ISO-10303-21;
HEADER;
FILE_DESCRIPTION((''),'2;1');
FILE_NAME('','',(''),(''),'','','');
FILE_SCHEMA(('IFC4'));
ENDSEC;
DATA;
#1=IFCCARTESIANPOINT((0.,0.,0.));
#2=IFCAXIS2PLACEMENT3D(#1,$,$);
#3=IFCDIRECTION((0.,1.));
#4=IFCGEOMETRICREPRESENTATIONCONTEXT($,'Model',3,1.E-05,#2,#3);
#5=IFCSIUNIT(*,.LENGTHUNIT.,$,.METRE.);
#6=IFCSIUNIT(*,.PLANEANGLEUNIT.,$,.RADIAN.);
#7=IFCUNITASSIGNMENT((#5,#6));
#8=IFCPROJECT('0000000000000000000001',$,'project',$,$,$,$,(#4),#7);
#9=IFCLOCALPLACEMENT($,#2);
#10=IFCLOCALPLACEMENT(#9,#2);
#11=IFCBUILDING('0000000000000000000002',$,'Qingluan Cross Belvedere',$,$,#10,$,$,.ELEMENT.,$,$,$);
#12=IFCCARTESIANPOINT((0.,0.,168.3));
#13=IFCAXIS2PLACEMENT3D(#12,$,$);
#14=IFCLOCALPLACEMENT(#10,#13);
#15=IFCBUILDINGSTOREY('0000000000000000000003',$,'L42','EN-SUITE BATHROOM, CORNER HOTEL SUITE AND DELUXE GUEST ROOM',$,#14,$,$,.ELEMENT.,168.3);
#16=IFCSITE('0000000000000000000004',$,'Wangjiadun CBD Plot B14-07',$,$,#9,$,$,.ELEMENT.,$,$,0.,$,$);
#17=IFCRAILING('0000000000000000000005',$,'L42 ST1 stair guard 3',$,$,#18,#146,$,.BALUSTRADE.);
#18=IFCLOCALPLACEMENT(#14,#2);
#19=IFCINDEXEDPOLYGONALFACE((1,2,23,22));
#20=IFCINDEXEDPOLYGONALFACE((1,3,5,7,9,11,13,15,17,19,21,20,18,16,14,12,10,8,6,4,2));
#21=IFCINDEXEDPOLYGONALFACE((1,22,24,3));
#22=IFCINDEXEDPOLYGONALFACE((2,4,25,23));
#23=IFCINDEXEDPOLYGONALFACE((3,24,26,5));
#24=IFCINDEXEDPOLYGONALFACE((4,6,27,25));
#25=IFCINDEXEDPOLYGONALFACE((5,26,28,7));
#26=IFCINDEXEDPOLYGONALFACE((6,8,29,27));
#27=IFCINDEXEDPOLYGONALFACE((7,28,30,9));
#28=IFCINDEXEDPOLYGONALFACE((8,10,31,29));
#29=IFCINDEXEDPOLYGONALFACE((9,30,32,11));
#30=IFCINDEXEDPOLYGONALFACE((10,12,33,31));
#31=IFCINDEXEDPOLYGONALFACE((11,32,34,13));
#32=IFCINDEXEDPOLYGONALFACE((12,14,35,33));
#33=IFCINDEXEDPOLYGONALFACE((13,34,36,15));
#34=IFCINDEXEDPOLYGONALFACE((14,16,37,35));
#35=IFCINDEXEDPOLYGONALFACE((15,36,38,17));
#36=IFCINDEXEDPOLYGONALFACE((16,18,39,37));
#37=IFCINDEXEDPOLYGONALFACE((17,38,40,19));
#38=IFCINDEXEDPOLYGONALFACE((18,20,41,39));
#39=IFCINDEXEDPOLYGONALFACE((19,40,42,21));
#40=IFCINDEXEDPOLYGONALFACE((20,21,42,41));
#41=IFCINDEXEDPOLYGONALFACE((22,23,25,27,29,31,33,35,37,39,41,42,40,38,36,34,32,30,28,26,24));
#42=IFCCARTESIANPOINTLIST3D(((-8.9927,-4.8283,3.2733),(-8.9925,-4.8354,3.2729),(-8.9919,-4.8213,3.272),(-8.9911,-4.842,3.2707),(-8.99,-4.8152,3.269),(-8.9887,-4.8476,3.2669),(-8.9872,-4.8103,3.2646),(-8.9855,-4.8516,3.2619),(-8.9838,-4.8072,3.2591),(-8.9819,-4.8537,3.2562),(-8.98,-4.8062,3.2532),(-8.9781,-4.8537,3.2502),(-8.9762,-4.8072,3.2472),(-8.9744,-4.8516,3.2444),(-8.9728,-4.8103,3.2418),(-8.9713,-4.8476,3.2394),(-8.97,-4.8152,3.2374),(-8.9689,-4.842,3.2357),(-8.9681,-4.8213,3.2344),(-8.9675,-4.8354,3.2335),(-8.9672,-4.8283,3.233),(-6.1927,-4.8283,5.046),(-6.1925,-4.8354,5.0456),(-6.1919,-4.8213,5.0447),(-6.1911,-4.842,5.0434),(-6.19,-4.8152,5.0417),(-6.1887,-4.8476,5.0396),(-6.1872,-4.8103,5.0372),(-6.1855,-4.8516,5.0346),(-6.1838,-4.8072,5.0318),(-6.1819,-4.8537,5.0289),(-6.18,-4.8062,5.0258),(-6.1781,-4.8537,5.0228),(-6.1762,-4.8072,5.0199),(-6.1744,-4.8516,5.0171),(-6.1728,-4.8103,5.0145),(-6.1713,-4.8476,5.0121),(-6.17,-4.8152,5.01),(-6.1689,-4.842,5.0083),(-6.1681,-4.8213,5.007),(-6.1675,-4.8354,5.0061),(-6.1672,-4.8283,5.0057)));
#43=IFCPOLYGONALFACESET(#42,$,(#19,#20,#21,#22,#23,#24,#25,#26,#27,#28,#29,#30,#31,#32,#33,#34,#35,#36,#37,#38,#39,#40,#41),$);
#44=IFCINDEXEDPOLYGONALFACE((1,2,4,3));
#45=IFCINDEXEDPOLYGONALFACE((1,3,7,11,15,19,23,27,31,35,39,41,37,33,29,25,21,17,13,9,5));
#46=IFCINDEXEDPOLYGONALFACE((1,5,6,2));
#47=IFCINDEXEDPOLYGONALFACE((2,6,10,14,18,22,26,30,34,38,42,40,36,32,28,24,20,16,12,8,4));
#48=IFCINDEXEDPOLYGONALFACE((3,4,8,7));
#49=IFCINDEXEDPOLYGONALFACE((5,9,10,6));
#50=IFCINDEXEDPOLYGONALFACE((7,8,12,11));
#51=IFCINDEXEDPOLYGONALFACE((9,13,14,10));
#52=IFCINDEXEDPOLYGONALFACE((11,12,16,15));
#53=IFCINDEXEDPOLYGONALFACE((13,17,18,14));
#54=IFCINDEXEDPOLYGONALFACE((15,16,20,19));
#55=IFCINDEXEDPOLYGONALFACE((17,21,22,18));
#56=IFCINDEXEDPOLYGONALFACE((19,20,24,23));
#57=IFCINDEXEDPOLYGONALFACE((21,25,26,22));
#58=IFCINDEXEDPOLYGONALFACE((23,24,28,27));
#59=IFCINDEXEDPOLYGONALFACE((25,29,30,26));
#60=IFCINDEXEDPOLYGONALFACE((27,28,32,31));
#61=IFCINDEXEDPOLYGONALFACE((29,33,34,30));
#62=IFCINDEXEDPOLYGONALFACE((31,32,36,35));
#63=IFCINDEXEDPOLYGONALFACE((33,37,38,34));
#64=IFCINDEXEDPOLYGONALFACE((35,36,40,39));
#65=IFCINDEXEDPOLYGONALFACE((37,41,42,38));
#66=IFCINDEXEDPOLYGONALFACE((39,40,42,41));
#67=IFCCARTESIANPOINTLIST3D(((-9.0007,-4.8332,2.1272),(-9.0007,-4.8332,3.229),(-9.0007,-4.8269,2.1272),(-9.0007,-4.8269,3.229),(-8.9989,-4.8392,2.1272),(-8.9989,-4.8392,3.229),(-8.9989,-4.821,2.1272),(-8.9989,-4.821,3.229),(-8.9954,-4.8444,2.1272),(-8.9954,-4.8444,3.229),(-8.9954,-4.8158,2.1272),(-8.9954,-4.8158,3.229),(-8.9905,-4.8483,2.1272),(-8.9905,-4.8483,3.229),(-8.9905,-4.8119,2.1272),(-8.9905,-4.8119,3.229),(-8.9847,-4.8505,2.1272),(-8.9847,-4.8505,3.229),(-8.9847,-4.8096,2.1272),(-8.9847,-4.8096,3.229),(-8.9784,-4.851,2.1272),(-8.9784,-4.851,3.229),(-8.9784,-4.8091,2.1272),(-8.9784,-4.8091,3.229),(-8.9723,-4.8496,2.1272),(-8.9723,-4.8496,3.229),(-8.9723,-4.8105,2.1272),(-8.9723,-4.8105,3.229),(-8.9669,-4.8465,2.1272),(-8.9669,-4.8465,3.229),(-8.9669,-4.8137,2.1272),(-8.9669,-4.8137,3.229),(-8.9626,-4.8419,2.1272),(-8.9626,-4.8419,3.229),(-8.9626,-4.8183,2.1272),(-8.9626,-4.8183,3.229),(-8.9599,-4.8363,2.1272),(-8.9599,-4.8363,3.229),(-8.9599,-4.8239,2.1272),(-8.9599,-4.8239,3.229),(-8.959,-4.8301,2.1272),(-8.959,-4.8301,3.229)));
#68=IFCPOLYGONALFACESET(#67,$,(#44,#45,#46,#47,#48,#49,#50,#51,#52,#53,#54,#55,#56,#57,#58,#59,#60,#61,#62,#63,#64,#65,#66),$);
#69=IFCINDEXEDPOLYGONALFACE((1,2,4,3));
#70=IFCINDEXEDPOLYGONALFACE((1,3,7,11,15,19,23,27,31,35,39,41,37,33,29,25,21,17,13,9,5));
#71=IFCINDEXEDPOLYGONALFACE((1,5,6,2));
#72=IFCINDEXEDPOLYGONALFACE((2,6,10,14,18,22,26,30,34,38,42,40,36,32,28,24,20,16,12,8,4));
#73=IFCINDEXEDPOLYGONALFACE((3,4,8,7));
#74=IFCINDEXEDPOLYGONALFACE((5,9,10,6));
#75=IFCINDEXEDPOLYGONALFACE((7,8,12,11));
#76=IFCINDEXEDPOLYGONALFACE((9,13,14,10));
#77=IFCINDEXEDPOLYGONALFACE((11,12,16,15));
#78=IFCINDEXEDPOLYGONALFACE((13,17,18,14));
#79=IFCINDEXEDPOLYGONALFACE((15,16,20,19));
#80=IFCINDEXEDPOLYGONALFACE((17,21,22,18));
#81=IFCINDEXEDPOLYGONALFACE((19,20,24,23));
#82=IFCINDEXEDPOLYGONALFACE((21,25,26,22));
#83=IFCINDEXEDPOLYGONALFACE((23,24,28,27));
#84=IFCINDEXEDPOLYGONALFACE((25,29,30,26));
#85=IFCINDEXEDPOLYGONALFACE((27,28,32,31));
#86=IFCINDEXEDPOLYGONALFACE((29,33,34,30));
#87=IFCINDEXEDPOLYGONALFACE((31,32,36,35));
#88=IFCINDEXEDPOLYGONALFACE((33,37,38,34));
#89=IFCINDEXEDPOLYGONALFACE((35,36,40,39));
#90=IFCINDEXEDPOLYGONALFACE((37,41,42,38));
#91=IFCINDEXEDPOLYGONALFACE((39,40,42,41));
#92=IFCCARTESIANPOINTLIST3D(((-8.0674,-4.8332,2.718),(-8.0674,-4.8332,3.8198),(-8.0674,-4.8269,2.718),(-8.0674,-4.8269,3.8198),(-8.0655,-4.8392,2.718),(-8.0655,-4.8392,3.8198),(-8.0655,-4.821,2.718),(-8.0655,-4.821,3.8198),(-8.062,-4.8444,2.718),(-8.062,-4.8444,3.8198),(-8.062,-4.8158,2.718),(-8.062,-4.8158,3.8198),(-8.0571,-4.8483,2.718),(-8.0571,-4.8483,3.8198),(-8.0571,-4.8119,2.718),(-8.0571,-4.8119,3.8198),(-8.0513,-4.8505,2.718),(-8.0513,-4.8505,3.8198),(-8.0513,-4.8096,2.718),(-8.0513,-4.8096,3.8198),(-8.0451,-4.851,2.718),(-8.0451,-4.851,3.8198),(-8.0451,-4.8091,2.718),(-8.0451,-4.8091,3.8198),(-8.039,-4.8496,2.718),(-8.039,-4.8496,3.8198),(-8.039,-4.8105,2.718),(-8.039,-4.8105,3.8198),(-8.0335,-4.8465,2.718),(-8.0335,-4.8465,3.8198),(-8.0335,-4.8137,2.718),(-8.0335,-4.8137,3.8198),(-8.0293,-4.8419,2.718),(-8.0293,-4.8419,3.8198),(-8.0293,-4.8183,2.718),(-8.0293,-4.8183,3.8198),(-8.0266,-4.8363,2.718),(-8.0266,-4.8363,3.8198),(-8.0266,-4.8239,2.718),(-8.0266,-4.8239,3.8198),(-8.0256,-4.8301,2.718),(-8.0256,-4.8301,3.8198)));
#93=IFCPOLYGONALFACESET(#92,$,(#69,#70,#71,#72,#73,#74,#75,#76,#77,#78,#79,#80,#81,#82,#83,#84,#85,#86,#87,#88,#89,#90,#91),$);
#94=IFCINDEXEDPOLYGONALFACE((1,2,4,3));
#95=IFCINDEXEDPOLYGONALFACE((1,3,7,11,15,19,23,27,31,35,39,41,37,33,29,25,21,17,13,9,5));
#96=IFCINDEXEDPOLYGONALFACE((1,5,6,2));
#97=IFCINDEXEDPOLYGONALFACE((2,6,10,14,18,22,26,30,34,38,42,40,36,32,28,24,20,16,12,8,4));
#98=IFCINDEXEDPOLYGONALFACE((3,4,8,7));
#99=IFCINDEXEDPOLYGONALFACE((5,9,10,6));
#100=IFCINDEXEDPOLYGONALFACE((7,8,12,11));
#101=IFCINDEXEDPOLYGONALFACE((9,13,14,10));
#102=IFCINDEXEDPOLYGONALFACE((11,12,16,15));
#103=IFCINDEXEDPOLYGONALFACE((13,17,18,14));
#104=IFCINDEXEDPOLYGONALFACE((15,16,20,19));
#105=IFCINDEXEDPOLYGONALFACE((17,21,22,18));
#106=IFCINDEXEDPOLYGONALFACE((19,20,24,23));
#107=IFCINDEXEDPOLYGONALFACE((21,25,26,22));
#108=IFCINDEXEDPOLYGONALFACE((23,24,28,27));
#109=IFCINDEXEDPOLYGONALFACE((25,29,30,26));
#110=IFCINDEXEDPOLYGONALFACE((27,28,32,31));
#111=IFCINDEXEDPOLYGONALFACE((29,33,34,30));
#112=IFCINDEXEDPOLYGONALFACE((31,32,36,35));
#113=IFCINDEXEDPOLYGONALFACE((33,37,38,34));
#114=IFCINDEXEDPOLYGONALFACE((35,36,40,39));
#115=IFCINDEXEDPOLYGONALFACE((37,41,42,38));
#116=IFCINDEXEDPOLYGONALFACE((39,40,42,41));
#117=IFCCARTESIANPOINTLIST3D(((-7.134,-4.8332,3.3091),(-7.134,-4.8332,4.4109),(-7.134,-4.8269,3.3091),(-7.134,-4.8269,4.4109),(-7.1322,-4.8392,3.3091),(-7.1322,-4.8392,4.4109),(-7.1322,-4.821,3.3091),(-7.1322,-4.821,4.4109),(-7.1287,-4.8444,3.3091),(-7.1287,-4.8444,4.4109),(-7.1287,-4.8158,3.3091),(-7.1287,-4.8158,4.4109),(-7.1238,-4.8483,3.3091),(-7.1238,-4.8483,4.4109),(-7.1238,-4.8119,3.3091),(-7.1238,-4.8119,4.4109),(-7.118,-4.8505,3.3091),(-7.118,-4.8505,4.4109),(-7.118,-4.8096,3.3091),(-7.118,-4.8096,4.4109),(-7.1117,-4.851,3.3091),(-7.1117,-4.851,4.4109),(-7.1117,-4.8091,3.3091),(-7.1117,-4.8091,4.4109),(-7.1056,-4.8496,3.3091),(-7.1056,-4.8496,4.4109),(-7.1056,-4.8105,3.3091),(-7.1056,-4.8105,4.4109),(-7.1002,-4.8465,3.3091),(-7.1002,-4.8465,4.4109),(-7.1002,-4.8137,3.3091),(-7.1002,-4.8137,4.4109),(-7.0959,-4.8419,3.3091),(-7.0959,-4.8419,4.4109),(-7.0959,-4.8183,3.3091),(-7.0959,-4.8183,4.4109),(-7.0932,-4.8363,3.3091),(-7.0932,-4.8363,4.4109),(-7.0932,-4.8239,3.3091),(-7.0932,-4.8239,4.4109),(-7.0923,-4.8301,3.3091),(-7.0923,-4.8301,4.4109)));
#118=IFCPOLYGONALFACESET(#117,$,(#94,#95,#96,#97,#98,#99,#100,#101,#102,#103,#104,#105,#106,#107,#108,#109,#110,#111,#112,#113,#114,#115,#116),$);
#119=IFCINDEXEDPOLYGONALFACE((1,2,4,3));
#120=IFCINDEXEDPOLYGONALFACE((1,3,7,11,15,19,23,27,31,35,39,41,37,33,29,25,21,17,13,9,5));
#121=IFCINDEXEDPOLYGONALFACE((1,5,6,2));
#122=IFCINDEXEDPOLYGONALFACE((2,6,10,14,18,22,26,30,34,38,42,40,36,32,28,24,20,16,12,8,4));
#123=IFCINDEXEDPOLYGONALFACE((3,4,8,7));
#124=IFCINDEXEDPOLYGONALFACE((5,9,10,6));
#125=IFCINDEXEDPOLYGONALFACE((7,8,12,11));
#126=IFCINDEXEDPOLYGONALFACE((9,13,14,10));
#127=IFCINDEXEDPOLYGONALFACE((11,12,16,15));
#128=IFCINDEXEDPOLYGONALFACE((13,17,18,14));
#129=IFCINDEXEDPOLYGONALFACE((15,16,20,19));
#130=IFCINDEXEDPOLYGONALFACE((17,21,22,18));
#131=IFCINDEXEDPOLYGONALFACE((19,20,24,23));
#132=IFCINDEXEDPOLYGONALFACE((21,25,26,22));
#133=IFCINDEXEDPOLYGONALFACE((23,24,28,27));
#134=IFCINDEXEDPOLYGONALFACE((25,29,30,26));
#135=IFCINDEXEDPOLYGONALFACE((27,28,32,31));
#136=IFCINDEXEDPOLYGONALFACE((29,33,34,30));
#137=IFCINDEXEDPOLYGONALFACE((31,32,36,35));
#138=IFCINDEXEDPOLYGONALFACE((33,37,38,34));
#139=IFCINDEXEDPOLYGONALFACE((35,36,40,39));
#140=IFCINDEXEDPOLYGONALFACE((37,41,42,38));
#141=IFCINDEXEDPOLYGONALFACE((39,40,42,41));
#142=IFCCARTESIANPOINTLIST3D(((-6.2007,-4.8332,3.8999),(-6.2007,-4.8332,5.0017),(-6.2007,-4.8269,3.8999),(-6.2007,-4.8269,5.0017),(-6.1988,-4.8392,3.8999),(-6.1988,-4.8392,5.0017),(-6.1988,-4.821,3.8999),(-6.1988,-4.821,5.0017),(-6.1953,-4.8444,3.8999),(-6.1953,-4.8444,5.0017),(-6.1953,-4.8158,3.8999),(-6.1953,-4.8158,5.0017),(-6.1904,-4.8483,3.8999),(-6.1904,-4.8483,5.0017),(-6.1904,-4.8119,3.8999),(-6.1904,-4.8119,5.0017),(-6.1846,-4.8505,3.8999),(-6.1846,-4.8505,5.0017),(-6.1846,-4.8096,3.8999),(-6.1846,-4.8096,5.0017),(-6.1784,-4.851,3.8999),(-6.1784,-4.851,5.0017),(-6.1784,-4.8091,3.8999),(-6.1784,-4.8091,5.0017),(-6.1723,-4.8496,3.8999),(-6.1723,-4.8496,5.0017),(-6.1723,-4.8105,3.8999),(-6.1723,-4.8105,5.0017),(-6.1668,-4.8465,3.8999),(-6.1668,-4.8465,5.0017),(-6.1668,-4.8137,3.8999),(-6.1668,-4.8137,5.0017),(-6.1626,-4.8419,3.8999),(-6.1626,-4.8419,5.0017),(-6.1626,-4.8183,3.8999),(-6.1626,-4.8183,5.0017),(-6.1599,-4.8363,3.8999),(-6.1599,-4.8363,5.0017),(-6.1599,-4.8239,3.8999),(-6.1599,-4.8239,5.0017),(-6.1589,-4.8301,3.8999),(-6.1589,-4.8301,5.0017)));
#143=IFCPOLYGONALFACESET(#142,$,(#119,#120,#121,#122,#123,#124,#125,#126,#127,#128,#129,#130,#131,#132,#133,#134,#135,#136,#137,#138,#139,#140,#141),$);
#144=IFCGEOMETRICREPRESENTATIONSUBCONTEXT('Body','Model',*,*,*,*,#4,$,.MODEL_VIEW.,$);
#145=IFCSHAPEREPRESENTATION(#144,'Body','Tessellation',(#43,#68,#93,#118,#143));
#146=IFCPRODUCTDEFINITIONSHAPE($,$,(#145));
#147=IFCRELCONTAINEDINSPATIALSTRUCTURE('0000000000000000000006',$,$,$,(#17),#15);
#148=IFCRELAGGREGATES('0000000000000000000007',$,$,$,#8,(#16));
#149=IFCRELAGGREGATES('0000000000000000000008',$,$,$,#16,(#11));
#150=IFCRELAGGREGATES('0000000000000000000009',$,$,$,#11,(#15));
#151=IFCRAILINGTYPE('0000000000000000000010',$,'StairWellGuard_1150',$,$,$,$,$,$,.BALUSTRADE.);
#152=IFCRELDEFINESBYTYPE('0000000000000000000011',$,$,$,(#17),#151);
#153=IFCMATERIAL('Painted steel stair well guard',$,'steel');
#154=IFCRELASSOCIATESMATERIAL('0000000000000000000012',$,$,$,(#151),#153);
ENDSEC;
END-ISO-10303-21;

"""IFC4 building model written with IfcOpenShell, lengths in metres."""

from ifc_helpers import new_model, si_unit, direction, frame, origin, origin_2d, place, context, subcontext, project, spatial, circle, extrude, material, type_object, element, save


model = new_model("IFC4")

# Units and contexts
model_context = context("Model", 3, precision=1e-05, world=origin(), true_north=direction((0.0, 1.0)))
body_context = subcontext(model_context, "Body", "Model", "MODEL_VIEW")
ifc_project = project(units=[si_unit("LENGTHUNIT", "METRE"), si_unit("PLANEANGLEUNIT", "RADIAN")], contexts=[model_context])

# Site, building, storey
site_placement = place(None, origin())
site = spatial("IfcSite", under=ifc_project, at=site_placement, Name="Wangjiadun CBD Plot B14-07", CompositionType="ELEMENT", RefElevation=0.0)
building_placement = place(site_placement, origin())
building = spatial("IfcBuilding", under=site, at=building_placement, Name="Qingluan Cross Belvedere", CompositionType="ELEMENT")
storey_placement = place(building_placement, frame((0.0, 0.0, 168.3)))
storey = spatial("IfcBuildingStorey", under=building, at=storey_placement, Name="L42", Description="EN-SUITE BATHROOM, CORNER HOTEL SUITE AND DELUXE GUEST ROOM", CompositionType="ELEMENT", Elevation=168.3)

# Railing
ifc_material_1 = material(Name="Painted steel stair well guard", Category="steel")
railing_type_1 = type_object("IfcRailingType", Name="StairWellGuard_1150", PredefinedType="BALUSTRADE", material=ifc_material_1)
railing_1_placement = place(storey_placement, frame((-8.98, -4.8301, 2.1272)))
element("IfcRailing", 1, at=railing_1_placement, inside=storey, type_object=railing_type_1, Name="L42 ST1 stair guard 3", PredefinedType="BALUSTRADE", context=body_context, shape_type="SweptSolid", body=[
    extrude(circle(Radius=0.0239, at=origin_2d()), frame((0.0, 0.0, 1.126), z_axis=(0.844909, 0.0, 0.53491), x_axis=(0.0, 1.0, 0.0)), (0.0, 0.0, 1.0), 3.314),
    extrude(circle(Radius=0.021, at=origin_2d()), origin(), (0.0, 0.0, 1.0), 1.1018),
    extrude(circle(Radius=0.021, at=origin_2d()), frame((0.9333, 0.0, 0.5908)), (0.0, 0.0, 1.0), 1.1018),
    extrude(circle(Radius=0.021, at=origin_2d()), frame((1.8667, 0.0, 1.1819)), (0.0, 0.0, 1.0), 1.1018),
    extrude(circle(Radius=0.021, at=origin_2d()), frame((2.8, 0.0, 1.7727)), (0.0, 0.0, 1.0), 1.1018),
])

save(model, "model.ifc")
